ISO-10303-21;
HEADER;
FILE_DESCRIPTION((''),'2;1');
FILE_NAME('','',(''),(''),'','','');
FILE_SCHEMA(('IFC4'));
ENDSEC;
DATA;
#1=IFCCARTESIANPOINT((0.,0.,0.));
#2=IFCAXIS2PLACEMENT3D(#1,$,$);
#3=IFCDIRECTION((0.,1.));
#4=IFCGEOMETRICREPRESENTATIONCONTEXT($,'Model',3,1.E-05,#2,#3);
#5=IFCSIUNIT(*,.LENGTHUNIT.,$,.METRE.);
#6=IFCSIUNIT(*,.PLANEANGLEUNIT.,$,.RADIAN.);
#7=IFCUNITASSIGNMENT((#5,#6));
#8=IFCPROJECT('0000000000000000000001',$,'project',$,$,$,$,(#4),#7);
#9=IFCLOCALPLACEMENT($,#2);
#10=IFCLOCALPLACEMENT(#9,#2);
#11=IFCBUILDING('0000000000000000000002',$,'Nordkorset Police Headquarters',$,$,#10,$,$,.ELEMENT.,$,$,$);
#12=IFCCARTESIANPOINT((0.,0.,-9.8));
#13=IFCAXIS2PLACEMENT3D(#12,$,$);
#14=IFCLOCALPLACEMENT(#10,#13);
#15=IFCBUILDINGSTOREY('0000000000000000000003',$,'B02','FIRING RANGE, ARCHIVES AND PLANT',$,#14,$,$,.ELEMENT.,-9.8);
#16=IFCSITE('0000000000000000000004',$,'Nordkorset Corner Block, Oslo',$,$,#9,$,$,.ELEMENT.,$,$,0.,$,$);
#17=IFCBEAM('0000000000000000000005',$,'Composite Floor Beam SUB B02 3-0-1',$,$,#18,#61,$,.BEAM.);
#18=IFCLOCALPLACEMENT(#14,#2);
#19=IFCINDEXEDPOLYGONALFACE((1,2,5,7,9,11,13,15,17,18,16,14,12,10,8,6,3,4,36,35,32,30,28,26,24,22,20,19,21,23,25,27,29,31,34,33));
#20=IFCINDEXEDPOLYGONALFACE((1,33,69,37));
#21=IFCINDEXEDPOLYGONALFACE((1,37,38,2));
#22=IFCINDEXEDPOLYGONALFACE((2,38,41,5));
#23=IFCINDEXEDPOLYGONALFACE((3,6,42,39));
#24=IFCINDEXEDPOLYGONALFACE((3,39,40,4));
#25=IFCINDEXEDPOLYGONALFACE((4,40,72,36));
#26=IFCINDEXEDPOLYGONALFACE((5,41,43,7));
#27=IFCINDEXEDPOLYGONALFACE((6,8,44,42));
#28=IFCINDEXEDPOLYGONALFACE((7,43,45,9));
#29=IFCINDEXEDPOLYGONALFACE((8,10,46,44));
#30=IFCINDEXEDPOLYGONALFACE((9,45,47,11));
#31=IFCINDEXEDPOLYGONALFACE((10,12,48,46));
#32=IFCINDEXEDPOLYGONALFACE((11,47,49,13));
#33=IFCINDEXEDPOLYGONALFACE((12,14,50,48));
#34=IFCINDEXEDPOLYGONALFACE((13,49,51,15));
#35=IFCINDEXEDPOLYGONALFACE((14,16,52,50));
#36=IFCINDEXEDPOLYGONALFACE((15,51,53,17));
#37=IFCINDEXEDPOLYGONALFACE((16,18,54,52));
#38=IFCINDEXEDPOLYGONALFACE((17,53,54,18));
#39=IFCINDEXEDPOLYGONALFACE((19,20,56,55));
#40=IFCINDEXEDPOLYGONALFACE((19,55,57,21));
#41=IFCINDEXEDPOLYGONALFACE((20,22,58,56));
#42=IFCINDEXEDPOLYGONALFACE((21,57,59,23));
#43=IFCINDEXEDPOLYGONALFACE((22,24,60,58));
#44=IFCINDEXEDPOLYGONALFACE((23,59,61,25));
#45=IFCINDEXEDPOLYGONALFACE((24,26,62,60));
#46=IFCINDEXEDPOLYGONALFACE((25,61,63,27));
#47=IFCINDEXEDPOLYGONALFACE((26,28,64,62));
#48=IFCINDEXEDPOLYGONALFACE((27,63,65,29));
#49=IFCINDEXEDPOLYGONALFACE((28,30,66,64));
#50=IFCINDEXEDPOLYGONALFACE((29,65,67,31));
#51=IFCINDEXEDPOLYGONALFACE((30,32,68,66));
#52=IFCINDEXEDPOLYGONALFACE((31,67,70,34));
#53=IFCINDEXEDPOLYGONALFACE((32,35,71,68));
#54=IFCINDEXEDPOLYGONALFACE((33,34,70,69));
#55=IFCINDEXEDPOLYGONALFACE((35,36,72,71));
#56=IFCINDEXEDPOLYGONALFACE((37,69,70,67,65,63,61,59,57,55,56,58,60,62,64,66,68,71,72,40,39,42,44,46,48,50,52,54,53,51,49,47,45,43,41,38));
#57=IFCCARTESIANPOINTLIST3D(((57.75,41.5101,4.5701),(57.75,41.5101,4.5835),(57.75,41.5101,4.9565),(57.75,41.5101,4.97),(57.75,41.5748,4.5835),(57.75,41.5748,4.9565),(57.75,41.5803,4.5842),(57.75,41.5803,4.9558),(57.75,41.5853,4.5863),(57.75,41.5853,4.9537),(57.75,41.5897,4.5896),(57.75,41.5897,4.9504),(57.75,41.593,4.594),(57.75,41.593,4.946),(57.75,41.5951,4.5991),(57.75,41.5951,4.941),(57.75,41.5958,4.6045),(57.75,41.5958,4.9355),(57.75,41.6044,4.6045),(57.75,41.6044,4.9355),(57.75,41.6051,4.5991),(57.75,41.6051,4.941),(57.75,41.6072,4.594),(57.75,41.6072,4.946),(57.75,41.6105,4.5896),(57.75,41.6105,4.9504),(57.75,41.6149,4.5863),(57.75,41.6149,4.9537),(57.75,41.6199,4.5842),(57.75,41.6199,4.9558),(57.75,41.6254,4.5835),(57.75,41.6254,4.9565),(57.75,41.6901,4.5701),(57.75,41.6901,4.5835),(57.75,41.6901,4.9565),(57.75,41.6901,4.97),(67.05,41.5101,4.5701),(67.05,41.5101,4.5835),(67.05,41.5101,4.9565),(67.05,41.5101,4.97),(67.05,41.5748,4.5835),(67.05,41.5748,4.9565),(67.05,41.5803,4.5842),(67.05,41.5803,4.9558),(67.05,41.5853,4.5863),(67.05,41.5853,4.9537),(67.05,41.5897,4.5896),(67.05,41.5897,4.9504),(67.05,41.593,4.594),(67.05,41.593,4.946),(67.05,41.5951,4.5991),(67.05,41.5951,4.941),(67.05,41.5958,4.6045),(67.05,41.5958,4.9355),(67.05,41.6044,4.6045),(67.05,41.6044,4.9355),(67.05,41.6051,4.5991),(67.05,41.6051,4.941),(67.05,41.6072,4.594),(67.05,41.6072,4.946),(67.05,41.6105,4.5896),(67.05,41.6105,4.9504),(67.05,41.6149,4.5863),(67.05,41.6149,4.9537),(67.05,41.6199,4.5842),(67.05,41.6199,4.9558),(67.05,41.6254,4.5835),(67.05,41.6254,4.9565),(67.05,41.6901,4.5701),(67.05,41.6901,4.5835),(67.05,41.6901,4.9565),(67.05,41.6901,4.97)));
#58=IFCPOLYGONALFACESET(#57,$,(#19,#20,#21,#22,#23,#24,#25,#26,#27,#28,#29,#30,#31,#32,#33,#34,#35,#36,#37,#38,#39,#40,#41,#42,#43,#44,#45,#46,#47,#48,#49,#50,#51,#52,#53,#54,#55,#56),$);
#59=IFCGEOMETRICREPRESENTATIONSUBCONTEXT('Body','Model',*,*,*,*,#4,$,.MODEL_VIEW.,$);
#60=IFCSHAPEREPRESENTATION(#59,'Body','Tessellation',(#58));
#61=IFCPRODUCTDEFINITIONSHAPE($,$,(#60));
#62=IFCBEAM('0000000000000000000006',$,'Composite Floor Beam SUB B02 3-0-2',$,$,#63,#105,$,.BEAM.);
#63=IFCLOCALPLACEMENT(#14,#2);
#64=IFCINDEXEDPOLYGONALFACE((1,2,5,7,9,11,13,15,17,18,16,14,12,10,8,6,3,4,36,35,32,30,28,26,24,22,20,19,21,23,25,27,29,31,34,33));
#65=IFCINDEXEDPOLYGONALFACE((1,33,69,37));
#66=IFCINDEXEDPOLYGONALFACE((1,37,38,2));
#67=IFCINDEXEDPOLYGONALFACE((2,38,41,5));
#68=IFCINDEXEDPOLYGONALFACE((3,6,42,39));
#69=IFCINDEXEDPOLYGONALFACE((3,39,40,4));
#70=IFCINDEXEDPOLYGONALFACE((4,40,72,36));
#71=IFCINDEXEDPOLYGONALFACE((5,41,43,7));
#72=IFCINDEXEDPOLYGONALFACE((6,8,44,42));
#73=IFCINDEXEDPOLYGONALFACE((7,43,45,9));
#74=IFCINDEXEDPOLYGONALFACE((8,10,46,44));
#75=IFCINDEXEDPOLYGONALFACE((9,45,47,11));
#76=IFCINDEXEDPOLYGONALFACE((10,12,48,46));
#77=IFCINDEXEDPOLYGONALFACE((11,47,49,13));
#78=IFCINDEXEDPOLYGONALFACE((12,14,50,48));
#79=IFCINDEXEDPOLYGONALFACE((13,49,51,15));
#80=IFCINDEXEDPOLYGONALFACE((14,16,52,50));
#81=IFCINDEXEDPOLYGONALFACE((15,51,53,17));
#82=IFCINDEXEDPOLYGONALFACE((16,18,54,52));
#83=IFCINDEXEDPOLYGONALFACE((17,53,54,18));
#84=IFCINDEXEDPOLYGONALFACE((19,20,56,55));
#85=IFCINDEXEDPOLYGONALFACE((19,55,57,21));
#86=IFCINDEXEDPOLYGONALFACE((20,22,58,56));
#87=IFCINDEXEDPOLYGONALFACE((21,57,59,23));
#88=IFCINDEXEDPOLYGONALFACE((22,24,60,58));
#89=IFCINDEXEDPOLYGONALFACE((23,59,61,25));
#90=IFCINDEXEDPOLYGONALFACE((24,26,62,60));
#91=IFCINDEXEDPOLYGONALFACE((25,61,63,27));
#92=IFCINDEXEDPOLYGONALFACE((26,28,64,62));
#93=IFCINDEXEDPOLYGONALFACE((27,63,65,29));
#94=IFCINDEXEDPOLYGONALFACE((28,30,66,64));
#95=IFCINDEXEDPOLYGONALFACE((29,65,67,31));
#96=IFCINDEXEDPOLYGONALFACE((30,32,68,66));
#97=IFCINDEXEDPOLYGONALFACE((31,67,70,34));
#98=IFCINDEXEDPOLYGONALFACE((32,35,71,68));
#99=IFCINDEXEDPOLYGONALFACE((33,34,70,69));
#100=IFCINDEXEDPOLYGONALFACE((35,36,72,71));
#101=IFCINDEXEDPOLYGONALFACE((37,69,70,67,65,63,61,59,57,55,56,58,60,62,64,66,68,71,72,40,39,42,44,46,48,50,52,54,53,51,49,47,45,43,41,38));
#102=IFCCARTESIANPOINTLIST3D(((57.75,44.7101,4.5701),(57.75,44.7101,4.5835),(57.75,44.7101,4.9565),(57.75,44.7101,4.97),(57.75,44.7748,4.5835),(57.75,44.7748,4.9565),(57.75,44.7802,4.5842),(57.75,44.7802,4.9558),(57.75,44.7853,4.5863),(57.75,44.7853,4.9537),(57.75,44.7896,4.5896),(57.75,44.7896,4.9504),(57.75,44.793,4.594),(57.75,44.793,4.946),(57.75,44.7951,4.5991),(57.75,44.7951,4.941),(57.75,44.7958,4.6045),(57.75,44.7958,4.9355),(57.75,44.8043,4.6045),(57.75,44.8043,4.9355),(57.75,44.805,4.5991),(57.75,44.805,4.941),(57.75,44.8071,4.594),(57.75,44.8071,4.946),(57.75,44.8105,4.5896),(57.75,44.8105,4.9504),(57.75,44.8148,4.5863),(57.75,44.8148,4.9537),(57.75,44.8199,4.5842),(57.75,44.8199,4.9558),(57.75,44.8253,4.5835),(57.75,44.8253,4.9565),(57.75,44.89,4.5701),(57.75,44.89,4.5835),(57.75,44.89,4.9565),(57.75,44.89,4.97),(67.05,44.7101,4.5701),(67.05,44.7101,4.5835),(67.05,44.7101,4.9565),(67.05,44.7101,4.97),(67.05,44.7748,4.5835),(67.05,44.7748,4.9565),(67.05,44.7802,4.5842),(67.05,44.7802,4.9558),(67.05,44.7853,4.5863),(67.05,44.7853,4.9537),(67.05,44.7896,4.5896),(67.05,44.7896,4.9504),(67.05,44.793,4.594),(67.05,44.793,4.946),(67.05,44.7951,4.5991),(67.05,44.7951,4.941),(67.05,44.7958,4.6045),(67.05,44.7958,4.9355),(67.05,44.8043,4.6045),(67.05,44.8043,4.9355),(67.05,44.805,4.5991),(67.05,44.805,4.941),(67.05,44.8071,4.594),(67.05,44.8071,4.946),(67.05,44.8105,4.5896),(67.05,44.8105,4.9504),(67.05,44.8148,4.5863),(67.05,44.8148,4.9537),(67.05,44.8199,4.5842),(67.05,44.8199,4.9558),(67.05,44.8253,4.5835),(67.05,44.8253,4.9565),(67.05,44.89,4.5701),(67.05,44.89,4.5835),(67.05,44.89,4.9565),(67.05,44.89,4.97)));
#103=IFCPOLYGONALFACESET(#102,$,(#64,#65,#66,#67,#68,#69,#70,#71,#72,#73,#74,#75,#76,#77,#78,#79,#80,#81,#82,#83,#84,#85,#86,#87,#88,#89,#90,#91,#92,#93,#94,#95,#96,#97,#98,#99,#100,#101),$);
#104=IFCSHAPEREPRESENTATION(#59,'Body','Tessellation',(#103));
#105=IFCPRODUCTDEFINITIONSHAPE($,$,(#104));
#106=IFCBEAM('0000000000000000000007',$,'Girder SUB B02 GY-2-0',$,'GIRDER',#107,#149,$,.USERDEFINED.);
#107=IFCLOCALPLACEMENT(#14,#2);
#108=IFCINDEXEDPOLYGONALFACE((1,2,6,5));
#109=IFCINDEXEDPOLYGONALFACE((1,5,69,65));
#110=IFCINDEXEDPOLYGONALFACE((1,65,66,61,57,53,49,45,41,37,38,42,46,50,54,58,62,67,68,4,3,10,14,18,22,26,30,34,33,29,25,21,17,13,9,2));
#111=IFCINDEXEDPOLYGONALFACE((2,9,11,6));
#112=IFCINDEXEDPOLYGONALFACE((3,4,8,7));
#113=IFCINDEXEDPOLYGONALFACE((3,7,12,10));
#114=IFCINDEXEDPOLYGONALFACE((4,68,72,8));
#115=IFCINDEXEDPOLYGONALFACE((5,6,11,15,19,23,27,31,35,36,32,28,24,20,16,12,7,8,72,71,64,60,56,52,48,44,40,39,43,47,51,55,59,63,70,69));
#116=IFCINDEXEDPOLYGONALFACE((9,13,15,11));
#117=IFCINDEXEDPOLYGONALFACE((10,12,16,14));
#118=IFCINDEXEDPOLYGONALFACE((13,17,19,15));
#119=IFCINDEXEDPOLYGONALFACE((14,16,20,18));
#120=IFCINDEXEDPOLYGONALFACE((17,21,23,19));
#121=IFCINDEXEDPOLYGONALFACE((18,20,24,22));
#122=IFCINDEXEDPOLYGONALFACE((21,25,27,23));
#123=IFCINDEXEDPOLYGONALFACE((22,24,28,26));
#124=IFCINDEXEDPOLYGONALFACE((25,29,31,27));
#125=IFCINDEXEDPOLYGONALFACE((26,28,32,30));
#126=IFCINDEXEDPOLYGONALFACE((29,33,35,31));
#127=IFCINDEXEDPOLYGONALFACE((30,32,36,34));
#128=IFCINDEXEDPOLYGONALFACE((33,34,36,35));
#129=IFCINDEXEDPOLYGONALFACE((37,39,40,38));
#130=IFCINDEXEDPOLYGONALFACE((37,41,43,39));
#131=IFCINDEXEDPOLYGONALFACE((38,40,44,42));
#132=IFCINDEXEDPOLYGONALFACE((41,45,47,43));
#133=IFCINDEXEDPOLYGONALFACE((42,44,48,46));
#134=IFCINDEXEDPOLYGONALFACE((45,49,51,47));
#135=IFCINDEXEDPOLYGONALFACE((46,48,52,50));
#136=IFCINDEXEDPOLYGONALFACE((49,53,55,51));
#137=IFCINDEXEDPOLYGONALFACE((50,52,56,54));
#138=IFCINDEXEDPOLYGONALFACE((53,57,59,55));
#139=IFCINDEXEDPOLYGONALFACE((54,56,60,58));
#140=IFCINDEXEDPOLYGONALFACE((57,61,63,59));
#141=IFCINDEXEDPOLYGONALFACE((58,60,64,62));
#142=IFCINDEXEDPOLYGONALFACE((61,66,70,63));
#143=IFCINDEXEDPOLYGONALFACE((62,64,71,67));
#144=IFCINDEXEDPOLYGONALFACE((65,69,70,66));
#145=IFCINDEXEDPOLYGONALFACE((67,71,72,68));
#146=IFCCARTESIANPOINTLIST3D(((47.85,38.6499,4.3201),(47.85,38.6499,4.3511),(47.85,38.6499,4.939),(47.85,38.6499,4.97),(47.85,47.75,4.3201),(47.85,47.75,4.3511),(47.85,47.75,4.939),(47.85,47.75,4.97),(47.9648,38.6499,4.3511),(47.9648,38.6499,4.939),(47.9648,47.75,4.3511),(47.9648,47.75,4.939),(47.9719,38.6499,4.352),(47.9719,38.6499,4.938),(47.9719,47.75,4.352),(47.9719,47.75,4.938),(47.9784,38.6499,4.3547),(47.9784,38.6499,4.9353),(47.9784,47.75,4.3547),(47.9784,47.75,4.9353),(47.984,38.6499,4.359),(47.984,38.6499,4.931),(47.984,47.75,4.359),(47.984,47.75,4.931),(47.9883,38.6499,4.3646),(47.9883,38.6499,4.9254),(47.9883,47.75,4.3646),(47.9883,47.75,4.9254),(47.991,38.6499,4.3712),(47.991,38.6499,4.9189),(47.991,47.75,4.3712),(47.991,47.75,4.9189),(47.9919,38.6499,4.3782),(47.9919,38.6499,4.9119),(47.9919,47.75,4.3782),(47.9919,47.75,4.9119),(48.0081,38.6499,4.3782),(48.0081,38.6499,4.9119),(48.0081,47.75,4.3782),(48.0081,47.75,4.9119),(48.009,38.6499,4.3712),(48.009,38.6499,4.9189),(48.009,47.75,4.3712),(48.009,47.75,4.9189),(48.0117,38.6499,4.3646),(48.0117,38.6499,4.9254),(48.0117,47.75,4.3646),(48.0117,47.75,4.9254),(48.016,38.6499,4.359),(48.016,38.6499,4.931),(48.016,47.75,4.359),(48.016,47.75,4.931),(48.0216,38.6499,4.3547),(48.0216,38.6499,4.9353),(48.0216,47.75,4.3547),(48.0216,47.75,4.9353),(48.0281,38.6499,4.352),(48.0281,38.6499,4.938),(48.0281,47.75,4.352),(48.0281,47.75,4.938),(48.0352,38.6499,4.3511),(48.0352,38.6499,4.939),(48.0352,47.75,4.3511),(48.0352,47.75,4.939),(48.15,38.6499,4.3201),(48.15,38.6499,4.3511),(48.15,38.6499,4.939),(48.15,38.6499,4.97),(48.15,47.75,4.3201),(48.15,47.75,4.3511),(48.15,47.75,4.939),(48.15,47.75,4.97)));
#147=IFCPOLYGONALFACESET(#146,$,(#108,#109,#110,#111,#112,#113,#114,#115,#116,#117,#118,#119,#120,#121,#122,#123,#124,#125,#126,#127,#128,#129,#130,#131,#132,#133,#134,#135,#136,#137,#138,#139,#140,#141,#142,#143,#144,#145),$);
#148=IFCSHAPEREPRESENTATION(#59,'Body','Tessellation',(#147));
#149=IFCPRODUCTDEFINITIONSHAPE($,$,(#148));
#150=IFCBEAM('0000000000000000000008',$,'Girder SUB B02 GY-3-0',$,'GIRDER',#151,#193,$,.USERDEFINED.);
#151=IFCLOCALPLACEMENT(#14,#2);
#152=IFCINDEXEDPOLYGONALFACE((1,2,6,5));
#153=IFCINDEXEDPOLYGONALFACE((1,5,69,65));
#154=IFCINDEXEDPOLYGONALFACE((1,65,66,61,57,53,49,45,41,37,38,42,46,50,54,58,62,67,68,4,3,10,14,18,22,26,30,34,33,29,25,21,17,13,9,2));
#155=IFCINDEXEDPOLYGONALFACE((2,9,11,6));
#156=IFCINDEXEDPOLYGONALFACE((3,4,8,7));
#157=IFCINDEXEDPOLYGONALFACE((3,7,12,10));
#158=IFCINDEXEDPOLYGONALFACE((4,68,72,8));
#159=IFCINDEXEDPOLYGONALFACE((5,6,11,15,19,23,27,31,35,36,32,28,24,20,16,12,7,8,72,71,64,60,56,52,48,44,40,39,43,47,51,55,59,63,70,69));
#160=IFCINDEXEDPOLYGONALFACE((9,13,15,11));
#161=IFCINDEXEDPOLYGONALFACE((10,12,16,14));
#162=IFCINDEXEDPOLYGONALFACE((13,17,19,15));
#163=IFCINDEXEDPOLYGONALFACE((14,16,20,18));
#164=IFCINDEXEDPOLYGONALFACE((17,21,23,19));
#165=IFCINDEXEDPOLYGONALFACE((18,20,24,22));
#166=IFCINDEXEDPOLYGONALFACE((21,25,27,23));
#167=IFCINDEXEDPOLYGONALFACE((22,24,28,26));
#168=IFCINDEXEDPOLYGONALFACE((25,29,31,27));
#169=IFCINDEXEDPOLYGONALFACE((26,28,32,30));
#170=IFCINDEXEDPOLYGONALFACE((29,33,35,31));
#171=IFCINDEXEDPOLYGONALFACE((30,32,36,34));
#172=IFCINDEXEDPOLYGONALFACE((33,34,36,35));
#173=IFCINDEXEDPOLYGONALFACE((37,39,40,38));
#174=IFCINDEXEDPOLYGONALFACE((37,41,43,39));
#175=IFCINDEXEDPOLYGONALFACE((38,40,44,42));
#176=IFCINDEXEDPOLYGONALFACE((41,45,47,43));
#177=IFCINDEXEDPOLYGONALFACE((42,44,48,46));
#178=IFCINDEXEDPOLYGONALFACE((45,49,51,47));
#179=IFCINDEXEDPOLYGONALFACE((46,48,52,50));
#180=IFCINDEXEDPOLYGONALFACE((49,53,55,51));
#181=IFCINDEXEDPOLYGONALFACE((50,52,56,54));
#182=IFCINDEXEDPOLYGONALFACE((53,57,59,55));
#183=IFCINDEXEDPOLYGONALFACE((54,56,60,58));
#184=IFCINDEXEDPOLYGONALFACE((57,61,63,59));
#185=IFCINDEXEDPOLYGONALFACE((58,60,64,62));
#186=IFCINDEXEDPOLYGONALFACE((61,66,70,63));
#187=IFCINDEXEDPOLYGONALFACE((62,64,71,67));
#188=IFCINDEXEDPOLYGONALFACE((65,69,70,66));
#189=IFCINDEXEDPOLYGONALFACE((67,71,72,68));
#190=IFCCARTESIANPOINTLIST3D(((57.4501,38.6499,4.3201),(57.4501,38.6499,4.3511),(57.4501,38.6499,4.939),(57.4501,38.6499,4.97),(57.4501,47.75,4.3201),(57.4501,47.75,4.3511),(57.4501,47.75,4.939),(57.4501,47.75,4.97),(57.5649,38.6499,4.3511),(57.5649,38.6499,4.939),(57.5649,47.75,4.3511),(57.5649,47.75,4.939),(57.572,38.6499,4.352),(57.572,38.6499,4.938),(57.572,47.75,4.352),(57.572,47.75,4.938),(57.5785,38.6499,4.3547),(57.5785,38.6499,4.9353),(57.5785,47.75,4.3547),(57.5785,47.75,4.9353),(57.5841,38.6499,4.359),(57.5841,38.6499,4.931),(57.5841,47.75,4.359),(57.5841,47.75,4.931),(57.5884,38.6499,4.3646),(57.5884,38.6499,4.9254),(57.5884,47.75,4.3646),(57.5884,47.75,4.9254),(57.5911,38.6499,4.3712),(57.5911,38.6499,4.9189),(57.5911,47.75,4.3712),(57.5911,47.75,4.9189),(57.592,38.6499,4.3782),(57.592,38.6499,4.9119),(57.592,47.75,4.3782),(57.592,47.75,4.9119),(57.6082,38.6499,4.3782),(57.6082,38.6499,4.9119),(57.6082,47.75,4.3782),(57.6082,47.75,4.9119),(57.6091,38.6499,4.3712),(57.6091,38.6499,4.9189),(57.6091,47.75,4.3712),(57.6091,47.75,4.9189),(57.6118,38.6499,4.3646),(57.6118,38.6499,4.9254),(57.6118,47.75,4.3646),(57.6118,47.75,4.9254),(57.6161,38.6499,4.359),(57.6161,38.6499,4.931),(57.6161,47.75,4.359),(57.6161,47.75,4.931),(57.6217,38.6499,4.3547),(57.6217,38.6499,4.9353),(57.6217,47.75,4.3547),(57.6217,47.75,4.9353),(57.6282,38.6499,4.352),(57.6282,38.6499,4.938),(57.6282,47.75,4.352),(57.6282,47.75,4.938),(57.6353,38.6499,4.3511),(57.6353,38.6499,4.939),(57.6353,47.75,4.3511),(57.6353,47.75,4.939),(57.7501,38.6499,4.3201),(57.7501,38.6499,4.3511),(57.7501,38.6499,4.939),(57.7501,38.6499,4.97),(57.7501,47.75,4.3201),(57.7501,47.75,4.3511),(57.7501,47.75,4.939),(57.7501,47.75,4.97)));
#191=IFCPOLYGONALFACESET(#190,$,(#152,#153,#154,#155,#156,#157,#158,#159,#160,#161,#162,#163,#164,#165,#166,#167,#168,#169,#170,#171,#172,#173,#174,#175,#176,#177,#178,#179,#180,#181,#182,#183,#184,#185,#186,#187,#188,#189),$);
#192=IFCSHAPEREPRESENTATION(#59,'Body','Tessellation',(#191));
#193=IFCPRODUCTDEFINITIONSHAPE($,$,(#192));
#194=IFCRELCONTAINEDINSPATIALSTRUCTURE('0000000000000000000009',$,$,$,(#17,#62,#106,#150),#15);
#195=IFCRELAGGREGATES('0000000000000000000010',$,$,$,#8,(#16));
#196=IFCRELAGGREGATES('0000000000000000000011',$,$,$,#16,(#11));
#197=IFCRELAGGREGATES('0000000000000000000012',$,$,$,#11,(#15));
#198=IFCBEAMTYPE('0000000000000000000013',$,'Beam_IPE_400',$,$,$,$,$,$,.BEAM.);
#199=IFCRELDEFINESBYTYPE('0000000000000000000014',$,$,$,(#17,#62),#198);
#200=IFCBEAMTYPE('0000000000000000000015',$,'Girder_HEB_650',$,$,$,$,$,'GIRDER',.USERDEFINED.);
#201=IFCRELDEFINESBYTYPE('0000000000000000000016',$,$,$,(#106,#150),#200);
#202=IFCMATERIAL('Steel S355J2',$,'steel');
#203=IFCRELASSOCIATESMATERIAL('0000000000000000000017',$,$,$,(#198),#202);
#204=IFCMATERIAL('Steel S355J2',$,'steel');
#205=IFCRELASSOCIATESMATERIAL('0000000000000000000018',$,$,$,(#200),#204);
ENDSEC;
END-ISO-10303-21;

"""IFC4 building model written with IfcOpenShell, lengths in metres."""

from ifc_helpers import new_model, si_unit, direction, frame, origin, origin_2d, place, context, subcontext, project, spatial, i_section, extrude, material, material_profile, profile_set, type_object, element, save


model = new_model("IFC4")

# Units and contexts
model_context = context("Model", 3, precision=1e-05, world=origin(), true_north=direction((0.0, 1.0)))
body_context = subcontext(model_context, "Body", "Model", "MODEL_VIEW")
ifc_project = project(units=[si_unit("LENGTHUNIT", "METRE"), si_unit("PLANEANGLEUNIT", "RADIAN")], contexts=[model_context])

# Site, building, storey
site_placement = place(None, origin())
site = spatial("IfcSite", under=ifc_project, at=site_placement, Name="Nordkorset Corner Block, Oslo", CompositionType="ELEMENT", RefElevation=0.0)
building_placement = place(site_placement, origin())
building = spatial("IfcBuilding", under=site, at=building_placement, Name="Nordkorset Police Headquarters", CompositionType="ELEMENT")
storey_placement = place(building_placement, frame((0.0, 0.0, -9.8)))
storey = spatial("IfcBuildingStorey", under=building, at=storey_placement, Name="B02", Description="FIRING RANGE, ARCHIVES AND PLANT", CompositionType="ELEMENT", Elevation=-9.8)

# Beams
ifc_material_1 = material(Name="Steel S355J2", Category="steel")
ifc_material_profile_1 = material_profile(ifc_material_1, i_section(OverallWidth=0.1799, OverallDepth=0.3999, WebThickness=0.0085, FlangeThickness=0.0134, FilletRadius=0.021, at=origin_2d()), Name="IPE 400")
ifc_profile_set_1 = profile_set([ifc_material_profile_1], Name="Steel S355J2")
beam_type_1 = type_object("IfcBeamType", Name="Beam_IPE_400", PredefinedType="BEAM", material=ifc_profile_set_1)
for number, where, z_axis, x_axis, name in (
    (1, (57.75, 41.6001, 4.77), (1.0, 0.0, 0.0), (0.0, 1.0, 0.0), "Composite Floor Beam SUB B02 3-0-1"),
    (2, (57.75, 44.8, 4.77), (1.0, 0.0, 0.0), (0.0, 1.0, 0.0), "Composite Floor Beam SUB B02 3-0-2"),
):
    element("IfcBeam", number, at=place(storey_placement, frame(where, z_axis=z_axis, x_axis=x_axis)), inside=storey, type_object=beam_type_1, Name=name, PredefinedType="BEAM", context=body_context, shape_type="SweptSolid", body=[
        extrude(i_section(OverallWidth=0.1799, OverallDepth=0.3999, WebThickness=0.0085, FlangeThickness=0.0134, FilletRadius=0.021, at=origin_2d()), origin(), (0.0, 0.0, 1.0), 9.3),
    ])
ifc_material_2 = material(Name="Steel S355J2", Category="steel")
ifc_material_profile_2 = material_profile(ifc_material_2, i_section(OverallWidth=0.3, OverallDepth=0.6499, WebThickness=0.0161, FlangeThickness=0.031, FilletRadius=0.0271, at=origin_2d()), Name="HEB 650")
ifc_profile_set_2 = profile_set([ifc_material_profile_2], Name="Steel S355J2")
beam_type_2 = type_object("IfcBeamType", Name="Girder_HEB_650", ElementType="GIRDER", PredefinedType="USERDEFINED", material=ifc_profile_set_2)
for number, where, z_axis, x_axis, name in (
    (3, (48.0, 38.6499, 4.645), (0.0, 1.0, 0.0), (-1.0, 0.0, 0.0), "Girder SUB B02 GY-2-0"),
    (4, (57.6001, 38.6499, 4.645), (0.0, 1.0, 0.0), (-1.0, 0.0, 0.0), "Girder SUB B02 GY-3-0"),
):
    element("IfcBeam", number, at=place(storey_placement, frame(where, z_axis=z_axis, x_axis=x_axis)), inside=storey, type_object=beam_type_2, Name=name, ObjectType="GIRDER", PredefinedType="USERDEFINED", context=body_context, shape_type="SweptSolid", body=[
        extrude(i_section(OverallWidth=0.3, OverallDepth=0.6499, WebThickness=0.0161, FlangeThickness=0.031, FilletRadius=0.0271, at=origin_2d()), origin(), (0.0, 0.0, 1.0), 9.1001),
    ])

save(model, "model.ifc")
